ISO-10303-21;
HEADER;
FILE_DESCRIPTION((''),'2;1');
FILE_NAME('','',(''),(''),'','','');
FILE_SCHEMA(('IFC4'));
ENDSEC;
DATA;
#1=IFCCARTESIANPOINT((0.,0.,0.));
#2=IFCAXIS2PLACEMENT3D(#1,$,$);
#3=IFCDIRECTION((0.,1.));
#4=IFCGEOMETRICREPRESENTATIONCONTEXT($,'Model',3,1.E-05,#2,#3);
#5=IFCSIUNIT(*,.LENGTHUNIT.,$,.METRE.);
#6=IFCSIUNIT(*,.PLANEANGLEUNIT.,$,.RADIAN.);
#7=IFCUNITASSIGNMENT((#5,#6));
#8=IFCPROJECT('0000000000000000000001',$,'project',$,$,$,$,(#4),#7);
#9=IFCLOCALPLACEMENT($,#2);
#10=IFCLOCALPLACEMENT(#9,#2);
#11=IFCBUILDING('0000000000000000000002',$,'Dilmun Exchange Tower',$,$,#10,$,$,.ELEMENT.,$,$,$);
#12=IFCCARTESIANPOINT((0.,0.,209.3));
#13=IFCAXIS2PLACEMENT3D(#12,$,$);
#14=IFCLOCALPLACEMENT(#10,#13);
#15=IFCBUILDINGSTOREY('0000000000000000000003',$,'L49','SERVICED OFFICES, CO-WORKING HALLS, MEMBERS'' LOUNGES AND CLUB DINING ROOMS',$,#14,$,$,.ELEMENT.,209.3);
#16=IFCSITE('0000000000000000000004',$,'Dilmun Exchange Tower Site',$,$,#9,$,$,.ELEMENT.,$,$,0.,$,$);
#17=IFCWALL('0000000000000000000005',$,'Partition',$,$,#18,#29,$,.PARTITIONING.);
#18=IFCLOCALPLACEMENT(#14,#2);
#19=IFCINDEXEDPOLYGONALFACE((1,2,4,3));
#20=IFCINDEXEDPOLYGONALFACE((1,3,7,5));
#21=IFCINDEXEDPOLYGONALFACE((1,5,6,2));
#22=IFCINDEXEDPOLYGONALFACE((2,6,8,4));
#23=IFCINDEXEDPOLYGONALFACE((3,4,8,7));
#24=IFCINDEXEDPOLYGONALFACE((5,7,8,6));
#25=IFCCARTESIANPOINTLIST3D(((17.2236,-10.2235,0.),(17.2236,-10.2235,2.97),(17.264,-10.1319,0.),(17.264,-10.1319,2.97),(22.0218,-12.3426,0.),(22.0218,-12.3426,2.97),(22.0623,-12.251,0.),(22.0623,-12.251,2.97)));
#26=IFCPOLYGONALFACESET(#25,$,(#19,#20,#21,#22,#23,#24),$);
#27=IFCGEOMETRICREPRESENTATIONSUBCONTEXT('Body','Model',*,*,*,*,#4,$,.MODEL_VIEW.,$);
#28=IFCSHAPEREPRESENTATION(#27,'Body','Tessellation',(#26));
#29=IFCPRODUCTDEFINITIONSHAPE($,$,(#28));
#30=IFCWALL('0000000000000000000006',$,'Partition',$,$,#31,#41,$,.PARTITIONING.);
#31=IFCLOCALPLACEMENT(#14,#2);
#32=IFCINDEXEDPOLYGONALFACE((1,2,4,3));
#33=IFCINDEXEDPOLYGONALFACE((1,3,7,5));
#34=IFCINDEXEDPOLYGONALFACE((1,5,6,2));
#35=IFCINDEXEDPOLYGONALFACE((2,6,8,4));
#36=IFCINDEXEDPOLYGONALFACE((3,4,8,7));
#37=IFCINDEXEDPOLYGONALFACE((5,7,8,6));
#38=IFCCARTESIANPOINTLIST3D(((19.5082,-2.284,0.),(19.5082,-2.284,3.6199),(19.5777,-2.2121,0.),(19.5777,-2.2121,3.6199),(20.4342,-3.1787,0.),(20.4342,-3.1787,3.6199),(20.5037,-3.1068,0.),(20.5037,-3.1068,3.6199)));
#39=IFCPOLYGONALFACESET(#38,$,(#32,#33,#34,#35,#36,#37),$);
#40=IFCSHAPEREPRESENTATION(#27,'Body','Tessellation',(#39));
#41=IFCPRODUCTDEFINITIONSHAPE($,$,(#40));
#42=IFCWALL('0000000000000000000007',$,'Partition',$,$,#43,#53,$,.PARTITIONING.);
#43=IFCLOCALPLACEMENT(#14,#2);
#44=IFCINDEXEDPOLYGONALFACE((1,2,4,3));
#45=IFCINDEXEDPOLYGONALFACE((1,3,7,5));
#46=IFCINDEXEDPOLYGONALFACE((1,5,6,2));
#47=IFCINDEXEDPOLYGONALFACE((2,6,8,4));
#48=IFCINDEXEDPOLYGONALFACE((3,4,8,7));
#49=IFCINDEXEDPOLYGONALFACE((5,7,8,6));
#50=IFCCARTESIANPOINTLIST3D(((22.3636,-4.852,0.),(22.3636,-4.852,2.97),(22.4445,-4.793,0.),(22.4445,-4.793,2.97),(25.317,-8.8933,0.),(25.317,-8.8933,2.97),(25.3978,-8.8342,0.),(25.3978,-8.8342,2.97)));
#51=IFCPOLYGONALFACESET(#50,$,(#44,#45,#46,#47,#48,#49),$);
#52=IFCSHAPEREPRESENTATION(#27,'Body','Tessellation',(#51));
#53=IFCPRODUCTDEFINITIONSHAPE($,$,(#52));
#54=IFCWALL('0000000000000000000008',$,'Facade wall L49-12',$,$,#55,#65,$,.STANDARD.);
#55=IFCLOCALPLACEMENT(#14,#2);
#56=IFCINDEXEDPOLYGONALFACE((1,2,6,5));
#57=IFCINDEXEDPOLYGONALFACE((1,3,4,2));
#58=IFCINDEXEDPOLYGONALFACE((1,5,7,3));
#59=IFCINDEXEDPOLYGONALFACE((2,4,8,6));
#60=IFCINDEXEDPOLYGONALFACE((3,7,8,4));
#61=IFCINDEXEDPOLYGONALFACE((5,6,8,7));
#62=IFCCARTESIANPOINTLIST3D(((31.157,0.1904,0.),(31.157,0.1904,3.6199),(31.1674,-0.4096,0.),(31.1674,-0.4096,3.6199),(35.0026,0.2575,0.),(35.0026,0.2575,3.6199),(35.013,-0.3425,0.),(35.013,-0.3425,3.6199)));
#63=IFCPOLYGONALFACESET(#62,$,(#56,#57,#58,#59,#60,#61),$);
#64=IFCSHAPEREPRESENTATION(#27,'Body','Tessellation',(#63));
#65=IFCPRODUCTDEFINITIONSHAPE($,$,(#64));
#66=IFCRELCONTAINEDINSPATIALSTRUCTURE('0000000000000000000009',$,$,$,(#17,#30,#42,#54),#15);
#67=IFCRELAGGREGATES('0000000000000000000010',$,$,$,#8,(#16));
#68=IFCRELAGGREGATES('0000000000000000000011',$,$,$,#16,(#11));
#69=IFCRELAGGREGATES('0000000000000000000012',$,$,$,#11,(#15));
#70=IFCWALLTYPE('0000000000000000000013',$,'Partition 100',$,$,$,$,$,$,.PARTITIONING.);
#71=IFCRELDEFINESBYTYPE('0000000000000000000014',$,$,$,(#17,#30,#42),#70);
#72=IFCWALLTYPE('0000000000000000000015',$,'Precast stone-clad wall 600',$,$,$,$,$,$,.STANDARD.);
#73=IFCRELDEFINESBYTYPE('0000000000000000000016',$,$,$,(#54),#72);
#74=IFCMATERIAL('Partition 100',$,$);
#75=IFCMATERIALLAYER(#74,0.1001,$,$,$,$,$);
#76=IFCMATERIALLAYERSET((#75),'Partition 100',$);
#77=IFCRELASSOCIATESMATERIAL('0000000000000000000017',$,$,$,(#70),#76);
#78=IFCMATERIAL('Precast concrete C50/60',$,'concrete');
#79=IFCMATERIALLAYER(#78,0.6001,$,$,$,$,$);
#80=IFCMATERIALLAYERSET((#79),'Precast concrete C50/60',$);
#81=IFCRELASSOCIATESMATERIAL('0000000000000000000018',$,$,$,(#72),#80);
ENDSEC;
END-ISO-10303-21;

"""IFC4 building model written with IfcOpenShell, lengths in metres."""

from ifc_helpers import new_model, si_unit, direction, frame, frame_2d, origin, place, context, subcontext, project, spatial, rectangle, extrude, material, layer, layer_set, type_object, element, save


model = new_model("IFC4")

# Units and contexts
model_context = context("Model", 3, precision=1e-05, world=origin(), true_north=direction((0.0, 1.0)))
body_context = subcontext(model_context, "Body", "Model", "MODEL_VIEW")
ifc_project = project(units=[si_unit("LENGTHUNIT", "METRE"), si_unit("PLANEANGLEUNIT", "RADIAN")], contexts=[model_context])

# Site, building, storey
site_placement = place(None, origin())
site = spatial("IfcSite", under=ifc_project, at=site_placement, Name="Dilmun Exchange Tower Site", CompositionType="ELEMENT", RefElevation=0.0)
building_placement = place(site_placement, origin())
building = spatial("IfcBuilding", under=site, at=building_placement, Name="Dilmun Exchange Tower", CompositionType="ELEMENT")
storey_placement = place(building_placement, frame((0.0, 0.0, 209.3)))
storey = spatial("IfcBuildingStorey", under=building, at=storey_placement, Name="L49", Description="SERVICED OFFICES, CO-WORKING HALLS, MEMBERS' LOUNGES AND CLUB DINING ROOMS", CompositionType="ELEMENT", Elevation=209.3)

# Walls
ifc_material_1 = material(Name="Partition 100")
ifc_layer_1 = layer(ifc_material_1, 0.1001)
ifc_layer_set_1 = layer_set([ifc_layer_1], Name="Partition 100")
wall_type_1 = type_object("IfcWallType", Name="Partition 100", PredefinedType="PARTITIONING", material=ifc_layer_set_1)
wall_1_placement = place(storey_placement, frame((17.2439, -10.1777, 0.0), z_axis=(0.0, 0.0, 1.0), x_axis=(0.914761, -0.403995, 0.0)))
element("IfcWall", 1, at=wall_1_placement, inside=storey, type_object=wall_type_1, Name="Partition", PredefinedType="PARTITIONING", context=body_context, shape_type="SweptSolid", body=[
    extrude(rectangle(XDim=5.2454, YDim=0.1001, at=frame_2d((2.6226, 0.0))), origin(), (0.0, 0.0, 1.0), 2.97),
])
wall_2_placement = place(storey_placement, frame((19.543, -2.248, 0.0), z_axis=(0.0, 0.0, 1.0), x_axis=(0.719137, -0.694869, 0.0)))
element("IfcWall", 2, at=wall_2_placement, inside=storey, type_object=wall_type_1, Name="Partition", PredefinedType="PARTITIONING", context=body_context, shape_type="SweptSolid", body=[
    extrude(rectangle(XDim=1.2876, YDim=0.1001, at=frame_2d((0.6438, 0.0))), origin(), (0.0, 0.0, 1.0), 3.6199),
])
wall_3_placement = place(storey_placement, frame((22.4041, -4.8225, 0.0), z_axis=(0.0, 0.0, 1.0), x_axis=(0.590035, -0.807378, 0.0)))
element("IfcWall", 3, at=wall_3_placement, inside=storey, type_object=wall_type_1, Name="Partition", PredefinedType="PARTITIONING", context=body_context, shape_type="SweptSolid", body=[
    extrude(rectangle(XDim=5.0054, YDim=0.1001, at=frame_2d((2.5027, 0.0))), origin(), (0.0, 0.0, 1.0), 2.97),
])
ifc_material_2 = material(Name="Precast concrete C50/60", Category="concrete")
ifc_layer_2 = layer(ifc_material_2, 0.6001)
ifc_layer_set_2 = layer_set([ifc_layer_2], Name="Precast concrete C50/60")
wall_type_2 = type_object("IfcWallType", Name="Precast stone-clad wall 600", PredefinedType="STANDARD", material=ifc_layer_set_2)
wall_4_placement = place(storey_placement, frame((35.0078, -0.0425, 0.0), z_axis=(0.0, 0.0, 1.0), x_axis=(-0.999848, -0.017455, 0.0)))
element("IfcWall", 4, at=wall_4_placement, inside=storey, type_object=wall_type_2, Name="Facade wall L49-12", PredefinedType="STANDARD", context=body_context, shape_type="SweptSolid", body=[
    extrude(rectangle(XDim=3.8462, YDim=0.6001, at=frame_2d((1.9231, 0.0))), origin(), (0.0, 0.0, 1.0), 3.6199),
])

save(model, "model.ifc")
